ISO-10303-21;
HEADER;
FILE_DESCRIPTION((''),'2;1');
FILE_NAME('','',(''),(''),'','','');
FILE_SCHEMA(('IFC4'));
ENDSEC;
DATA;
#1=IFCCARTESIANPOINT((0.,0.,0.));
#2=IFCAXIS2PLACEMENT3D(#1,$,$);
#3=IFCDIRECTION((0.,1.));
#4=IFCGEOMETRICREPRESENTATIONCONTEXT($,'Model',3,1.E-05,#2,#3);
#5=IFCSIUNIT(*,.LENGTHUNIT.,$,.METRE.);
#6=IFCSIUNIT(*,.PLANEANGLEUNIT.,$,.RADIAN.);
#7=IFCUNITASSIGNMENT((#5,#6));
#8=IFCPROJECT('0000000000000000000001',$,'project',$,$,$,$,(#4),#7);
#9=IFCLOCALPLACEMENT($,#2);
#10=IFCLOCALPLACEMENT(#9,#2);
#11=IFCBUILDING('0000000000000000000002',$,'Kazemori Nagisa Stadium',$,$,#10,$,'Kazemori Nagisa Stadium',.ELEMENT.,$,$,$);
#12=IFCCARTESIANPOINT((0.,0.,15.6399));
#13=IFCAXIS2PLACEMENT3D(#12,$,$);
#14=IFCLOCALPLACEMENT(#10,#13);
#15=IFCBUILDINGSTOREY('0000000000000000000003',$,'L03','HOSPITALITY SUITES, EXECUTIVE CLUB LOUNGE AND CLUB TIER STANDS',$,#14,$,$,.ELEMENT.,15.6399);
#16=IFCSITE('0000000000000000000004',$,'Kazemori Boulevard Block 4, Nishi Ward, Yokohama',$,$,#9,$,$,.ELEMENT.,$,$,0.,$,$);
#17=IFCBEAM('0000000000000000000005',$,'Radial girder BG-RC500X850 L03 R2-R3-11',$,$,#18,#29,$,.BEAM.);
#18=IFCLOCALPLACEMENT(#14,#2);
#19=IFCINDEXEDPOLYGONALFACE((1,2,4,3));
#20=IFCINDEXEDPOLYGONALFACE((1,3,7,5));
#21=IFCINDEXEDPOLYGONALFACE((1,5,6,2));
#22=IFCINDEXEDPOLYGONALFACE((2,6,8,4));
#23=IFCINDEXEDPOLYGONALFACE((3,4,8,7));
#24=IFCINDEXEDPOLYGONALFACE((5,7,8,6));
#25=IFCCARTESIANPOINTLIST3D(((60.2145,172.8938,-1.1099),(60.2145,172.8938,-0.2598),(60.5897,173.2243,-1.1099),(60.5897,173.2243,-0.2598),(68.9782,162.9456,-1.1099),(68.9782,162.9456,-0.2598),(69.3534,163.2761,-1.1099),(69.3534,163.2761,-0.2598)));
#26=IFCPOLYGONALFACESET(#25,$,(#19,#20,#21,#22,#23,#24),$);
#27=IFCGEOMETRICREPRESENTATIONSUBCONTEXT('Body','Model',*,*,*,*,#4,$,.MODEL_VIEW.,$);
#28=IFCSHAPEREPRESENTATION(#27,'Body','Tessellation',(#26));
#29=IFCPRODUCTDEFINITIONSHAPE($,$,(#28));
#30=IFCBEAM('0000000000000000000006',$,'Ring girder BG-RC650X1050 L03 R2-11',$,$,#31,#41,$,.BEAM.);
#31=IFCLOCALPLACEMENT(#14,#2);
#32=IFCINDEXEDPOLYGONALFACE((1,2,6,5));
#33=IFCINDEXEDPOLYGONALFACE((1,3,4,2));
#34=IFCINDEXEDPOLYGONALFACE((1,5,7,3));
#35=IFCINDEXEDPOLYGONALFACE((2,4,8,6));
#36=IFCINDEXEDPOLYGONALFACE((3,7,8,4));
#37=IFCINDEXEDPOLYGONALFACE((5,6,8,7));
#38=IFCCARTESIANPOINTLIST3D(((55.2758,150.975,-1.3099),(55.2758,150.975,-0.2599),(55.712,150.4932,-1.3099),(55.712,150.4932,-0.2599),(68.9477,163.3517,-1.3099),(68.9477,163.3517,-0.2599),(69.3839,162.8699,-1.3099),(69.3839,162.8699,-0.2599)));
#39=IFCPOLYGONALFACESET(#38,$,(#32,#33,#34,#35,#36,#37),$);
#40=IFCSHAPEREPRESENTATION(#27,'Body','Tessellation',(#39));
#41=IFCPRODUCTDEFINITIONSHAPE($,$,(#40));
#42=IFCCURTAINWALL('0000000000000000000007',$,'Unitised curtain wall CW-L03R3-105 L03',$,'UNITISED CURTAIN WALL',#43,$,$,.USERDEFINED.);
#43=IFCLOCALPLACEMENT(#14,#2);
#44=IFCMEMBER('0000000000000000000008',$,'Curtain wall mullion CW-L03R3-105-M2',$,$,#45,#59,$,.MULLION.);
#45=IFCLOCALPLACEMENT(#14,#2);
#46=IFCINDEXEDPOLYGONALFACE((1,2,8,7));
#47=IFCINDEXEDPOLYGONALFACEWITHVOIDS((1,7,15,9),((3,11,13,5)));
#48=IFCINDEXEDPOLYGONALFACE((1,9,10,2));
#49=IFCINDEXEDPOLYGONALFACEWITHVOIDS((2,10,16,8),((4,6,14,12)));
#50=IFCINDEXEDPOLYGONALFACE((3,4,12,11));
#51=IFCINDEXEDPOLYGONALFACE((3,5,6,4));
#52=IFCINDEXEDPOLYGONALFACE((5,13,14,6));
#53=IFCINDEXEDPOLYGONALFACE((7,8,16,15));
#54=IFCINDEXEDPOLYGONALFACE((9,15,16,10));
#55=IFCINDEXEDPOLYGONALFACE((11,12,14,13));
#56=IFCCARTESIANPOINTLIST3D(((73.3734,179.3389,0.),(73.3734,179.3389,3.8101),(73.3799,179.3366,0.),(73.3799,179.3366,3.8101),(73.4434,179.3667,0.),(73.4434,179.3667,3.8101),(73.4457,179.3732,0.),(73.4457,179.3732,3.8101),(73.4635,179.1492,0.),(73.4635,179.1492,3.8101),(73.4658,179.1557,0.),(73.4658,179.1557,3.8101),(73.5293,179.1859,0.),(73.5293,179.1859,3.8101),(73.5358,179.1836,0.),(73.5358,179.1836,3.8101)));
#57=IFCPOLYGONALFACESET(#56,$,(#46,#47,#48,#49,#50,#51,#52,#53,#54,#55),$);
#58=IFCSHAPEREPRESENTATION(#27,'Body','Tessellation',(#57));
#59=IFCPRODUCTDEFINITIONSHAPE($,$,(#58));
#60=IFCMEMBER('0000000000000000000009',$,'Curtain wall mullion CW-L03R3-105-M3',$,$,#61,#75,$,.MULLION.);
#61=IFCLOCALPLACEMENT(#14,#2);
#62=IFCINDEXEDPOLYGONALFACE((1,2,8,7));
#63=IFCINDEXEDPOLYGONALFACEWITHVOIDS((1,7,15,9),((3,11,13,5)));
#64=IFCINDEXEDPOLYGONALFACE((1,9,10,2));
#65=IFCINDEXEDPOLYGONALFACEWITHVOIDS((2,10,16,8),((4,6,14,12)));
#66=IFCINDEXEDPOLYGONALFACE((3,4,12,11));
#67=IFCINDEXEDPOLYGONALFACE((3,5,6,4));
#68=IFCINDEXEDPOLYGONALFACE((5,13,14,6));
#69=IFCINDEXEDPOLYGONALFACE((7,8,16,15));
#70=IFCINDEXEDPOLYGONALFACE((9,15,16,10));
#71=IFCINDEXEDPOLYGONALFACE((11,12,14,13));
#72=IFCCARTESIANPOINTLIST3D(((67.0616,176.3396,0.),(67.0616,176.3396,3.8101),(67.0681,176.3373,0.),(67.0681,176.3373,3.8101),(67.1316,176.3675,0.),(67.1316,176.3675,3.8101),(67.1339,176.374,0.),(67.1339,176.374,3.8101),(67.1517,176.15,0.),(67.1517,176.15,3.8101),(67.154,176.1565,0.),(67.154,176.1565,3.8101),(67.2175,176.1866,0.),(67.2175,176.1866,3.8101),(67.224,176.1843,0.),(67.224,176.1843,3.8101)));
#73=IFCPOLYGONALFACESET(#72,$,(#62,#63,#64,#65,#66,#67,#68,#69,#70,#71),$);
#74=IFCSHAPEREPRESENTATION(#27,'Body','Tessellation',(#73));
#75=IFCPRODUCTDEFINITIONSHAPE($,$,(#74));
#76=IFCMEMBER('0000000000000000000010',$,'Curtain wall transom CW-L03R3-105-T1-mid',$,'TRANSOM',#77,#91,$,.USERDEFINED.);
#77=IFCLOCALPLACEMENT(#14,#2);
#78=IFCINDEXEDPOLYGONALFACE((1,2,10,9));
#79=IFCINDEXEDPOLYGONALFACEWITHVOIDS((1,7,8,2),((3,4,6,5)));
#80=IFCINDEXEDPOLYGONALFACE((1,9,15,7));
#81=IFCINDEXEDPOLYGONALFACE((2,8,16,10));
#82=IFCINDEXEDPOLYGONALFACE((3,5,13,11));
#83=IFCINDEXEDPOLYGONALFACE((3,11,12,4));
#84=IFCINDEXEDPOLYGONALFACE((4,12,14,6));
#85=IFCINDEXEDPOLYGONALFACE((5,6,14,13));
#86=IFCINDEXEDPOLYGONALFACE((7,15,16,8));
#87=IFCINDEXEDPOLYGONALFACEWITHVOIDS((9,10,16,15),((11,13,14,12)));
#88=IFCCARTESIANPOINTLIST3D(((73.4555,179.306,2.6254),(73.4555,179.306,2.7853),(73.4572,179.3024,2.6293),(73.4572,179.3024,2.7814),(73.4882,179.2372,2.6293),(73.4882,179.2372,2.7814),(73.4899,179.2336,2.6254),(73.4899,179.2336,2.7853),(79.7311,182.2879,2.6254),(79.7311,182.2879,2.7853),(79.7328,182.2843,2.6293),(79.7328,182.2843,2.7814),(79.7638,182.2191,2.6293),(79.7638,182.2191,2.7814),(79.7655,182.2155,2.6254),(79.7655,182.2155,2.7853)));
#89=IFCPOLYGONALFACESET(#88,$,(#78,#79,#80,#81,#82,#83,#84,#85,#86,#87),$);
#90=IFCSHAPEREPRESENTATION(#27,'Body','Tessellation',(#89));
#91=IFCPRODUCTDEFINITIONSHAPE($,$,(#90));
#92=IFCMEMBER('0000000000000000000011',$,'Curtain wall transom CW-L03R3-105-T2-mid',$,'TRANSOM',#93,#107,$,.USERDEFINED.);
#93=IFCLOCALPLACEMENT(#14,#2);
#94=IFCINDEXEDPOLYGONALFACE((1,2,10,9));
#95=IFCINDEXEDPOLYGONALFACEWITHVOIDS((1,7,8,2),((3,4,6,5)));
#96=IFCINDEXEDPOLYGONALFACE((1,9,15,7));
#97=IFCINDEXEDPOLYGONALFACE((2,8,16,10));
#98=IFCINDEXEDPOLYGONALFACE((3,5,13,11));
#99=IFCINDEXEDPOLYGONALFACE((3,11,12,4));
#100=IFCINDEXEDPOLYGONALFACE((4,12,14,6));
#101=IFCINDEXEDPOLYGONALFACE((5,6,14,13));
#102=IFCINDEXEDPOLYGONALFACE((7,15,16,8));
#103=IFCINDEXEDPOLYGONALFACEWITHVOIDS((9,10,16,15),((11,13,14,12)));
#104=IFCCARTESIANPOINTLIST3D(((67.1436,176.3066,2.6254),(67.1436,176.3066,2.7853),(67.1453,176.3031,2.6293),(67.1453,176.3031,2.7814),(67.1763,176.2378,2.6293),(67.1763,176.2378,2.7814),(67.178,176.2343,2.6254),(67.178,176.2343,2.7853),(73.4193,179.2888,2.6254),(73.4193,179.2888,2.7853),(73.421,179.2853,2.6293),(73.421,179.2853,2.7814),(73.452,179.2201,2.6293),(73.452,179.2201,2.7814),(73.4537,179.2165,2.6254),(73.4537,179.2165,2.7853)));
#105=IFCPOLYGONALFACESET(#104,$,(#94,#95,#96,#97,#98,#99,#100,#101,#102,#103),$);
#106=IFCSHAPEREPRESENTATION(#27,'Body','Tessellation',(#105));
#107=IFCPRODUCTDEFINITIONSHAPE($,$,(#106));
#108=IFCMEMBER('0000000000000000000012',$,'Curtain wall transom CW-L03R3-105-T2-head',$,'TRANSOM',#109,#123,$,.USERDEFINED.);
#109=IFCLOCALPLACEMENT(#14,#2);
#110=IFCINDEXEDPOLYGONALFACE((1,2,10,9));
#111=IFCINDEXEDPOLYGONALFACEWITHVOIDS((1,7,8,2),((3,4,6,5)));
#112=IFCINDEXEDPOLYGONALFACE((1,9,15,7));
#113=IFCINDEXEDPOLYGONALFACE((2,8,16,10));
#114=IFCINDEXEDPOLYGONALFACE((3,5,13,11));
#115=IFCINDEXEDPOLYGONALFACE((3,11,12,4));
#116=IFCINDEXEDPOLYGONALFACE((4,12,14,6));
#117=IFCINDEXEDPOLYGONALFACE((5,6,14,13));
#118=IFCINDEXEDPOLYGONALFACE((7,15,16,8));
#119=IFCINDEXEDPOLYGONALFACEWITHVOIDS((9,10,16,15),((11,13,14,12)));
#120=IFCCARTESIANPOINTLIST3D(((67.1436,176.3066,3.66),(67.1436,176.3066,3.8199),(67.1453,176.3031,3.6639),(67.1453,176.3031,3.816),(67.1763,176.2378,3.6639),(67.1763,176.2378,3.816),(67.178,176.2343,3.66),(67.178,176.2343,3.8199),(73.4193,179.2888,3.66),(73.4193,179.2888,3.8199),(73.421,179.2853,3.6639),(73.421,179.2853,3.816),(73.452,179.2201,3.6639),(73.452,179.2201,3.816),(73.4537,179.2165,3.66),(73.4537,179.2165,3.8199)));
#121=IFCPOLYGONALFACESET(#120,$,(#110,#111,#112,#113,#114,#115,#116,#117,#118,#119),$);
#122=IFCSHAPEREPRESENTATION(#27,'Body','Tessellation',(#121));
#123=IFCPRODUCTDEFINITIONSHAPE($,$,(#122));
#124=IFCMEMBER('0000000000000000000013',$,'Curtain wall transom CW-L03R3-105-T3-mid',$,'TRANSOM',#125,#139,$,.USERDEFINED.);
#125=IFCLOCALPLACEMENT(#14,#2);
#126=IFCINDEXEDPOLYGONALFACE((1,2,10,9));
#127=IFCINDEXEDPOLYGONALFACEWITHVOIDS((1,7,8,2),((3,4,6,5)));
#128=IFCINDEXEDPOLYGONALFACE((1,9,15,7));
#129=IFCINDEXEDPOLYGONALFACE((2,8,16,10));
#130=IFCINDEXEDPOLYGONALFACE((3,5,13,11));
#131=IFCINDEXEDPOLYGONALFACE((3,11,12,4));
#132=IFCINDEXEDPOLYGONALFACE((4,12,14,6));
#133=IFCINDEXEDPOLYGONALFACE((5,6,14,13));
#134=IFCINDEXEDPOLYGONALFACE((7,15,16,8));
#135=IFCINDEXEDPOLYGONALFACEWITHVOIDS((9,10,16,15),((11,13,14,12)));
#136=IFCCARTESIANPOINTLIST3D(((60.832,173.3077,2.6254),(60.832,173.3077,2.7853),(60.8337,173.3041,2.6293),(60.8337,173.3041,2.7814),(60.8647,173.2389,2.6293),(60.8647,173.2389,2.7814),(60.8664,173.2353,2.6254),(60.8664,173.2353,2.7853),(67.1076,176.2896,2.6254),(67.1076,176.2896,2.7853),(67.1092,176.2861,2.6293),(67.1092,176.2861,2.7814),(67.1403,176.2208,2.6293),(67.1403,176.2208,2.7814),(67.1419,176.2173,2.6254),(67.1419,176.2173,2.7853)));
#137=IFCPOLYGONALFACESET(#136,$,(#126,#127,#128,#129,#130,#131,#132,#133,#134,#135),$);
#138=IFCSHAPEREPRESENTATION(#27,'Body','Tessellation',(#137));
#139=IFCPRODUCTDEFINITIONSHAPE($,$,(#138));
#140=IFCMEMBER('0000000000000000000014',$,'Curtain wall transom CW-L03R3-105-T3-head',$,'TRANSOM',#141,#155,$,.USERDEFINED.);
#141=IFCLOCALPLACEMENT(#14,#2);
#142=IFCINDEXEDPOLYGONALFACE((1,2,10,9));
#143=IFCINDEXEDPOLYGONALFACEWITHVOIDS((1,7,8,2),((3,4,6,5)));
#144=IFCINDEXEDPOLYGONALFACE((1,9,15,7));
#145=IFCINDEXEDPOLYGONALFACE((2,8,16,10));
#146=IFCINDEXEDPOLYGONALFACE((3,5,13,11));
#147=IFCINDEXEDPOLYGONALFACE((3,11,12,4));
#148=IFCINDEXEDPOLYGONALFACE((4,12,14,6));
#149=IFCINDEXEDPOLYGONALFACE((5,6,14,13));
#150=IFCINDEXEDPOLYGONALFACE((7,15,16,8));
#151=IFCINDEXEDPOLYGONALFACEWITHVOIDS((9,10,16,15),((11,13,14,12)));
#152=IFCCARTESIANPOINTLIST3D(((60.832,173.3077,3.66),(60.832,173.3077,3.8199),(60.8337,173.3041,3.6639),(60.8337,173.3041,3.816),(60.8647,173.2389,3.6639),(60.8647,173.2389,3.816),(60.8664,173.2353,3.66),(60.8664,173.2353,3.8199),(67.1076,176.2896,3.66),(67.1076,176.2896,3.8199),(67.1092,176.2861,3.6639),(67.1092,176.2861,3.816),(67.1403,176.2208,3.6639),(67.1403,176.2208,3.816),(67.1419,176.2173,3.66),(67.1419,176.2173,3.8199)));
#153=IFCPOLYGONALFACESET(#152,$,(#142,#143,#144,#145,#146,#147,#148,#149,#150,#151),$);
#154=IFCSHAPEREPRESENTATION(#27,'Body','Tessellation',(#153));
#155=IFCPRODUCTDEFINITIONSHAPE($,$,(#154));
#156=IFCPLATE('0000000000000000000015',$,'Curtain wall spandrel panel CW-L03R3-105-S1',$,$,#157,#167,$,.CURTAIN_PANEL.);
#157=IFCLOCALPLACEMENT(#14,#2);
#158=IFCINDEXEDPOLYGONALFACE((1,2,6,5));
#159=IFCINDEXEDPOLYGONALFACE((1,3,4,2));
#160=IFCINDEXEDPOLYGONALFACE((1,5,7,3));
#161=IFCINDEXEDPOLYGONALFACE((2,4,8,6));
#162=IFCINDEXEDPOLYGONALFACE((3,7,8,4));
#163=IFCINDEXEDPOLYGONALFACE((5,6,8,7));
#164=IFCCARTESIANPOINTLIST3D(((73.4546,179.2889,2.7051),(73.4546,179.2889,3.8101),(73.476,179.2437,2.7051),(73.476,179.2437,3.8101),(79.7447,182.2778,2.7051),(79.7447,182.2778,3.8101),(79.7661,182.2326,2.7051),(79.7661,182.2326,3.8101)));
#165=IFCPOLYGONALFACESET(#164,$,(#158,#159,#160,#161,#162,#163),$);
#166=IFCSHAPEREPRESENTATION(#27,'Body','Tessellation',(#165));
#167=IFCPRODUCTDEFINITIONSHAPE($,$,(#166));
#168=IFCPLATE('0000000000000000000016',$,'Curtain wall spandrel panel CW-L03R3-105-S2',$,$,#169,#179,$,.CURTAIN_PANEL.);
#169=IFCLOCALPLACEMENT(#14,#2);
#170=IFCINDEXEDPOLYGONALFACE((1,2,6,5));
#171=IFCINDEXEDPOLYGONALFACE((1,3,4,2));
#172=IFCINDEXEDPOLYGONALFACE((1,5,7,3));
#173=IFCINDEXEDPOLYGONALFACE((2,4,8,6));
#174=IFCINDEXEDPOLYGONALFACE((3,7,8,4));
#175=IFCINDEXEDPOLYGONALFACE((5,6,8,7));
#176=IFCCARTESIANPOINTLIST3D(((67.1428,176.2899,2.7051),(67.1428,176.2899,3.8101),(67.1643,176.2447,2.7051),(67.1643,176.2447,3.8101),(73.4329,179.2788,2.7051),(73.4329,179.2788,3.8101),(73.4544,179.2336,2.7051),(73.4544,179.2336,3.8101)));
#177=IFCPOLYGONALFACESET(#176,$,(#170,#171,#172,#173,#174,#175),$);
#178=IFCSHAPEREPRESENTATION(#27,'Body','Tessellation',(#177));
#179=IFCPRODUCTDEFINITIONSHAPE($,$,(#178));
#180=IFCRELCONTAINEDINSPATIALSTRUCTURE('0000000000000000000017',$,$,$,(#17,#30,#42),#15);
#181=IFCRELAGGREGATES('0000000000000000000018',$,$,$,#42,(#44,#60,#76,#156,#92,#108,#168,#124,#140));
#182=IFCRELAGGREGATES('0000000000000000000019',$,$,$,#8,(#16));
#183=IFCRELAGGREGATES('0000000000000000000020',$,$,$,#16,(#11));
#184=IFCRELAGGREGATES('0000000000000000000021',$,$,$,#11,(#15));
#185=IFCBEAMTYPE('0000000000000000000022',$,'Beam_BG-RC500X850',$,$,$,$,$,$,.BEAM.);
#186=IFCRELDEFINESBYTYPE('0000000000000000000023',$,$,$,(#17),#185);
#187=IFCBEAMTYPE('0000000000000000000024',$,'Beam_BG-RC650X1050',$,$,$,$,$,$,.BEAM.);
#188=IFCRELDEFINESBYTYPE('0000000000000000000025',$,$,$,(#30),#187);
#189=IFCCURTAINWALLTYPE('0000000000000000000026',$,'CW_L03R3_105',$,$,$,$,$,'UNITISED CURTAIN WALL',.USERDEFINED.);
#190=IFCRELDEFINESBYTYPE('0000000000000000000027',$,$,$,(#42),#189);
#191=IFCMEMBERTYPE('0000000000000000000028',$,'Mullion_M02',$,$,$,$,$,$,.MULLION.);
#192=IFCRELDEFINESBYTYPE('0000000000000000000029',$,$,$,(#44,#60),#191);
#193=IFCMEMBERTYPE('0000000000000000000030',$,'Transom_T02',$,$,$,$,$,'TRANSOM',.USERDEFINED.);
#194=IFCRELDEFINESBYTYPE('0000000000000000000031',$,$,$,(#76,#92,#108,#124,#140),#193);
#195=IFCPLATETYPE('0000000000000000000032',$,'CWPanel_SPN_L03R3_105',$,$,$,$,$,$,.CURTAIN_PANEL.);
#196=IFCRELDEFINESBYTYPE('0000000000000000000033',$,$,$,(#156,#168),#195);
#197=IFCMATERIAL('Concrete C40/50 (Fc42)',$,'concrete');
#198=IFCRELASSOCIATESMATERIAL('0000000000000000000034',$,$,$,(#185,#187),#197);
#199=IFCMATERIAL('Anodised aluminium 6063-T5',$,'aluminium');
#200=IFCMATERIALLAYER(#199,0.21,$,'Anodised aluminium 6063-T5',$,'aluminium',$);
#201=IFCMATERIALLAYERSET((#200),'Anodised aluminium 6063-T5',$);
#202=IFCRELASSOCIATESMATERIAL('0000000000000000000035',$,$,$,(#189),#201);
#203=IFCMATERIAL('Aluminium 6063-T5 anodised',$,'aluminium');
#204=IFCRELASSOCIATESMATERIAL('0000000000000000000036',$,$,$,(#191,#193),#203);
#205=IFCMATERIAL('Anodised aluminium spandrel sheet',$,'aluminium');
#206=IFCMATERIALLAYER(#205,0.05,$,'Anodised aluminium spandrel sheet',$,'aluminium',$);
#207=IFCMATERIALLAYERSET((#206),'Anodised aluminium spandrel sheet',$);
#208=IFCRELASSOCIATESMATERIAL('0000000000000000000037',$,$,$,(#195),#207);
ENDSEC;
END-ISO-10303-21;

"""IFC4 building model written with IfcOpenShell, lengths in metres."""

from ifc_helpers import new_model, si_unit, direction, frame, origin, origin_2d, place, context, subcontext, project, spatial, rectangle, hollow_rectangle, extrude, material, layer, layer_set, material_profile, profile_set, type_object, element, aggregate, save


model = new_model("IFC4")

# Units and contexts
model_context = context("Model", 3, precision=1e-05, world=origin(), true_north=direction((0.0, 1.0)))
body_context = subcontext(model_context, "Body", "Model", "MODEL_VIEW")
ifc_project = project(units=[si_unit("LENGTHUNIT", "METRE"), si_unit("PLANEANGLEUNIT", "RADIAN")], contexts=[model_context])

# Site, building, storey
site_placement = place(None, origin())
site = spatial("IfcSite", under=ifc_project, at=site_placement, Name="Kazemori Boulevard Block 4, Nishi Ward, Yokohama", CompositionType="ELEMENT", RefElevation=0.0)
building_placement = place(site_placement, origin())
building = spatial("IfcBuilding", under=site, at=building_placement, Name="Kazemori Nagisa Stadium", LongName="Kazemori Nagisa Stadium", CompositionType="ELEMENT")
storey_placement = place(building_placement, frame((0.0, 0.0, 15.6399)))
storey = spatial("IfcBuildingStorey", under=building, at=storey_placement, Name="L03", Description="HOSPITALITY SUITES, EXECUTIVE CLUB LOUNGE AND CLUB TIER STANDS", CompositionType="ELEMENT", Elevation=15.6399)

# Beams
ifc_material_1 = material(Name="Concrete C40/50 (Fc42)", Category="concrete")
ifc_material_profile_1 = material_profile(ifc_material_1, rectangle(XDim=0.5, YDim=0.8501, at=origin_2d()), Name="RC-BM-500x850")
ifc_profile_set_1 = profile_set([ifc_material_profile_1], Name="Concrete C40/50 (Fc42)")
beam_type_1 = type_object("IfcBeamType", Name="Beam_BG-RC500X850", PredefinedType="BEAM", material=ifc_profile_set_1)
beam_1_placement = place(storey_placement, frame((69.1658, 163.1108, -0.6848), z_axis=(-0.66102, 0.750369, 0.0), x_axis=(-0.750369, -0.66102, 0.0)))
element("IfcBeam", 1, at=beam_1_placement, inside=storey, type_object=beam_type_1, Name="Radial girder BG-RC500X850 L03 R2-R3-11", PredefinedType="BEAM", context=body_context, shape_type="SweptSolid", body=[
    extrude(rectangle(XDim=0.5, YDim=0.8501, at=origin_2d()), origin(), (0.0, 0.0, 1.0), 13.2578),
])
ifc_material_profile_2 = material_profile(ifc_material_1, rectangle(XDim=0.6499, YDim=1.05, at=origin_2d()), Name="RC-BM-650x1050")
ifc_profile_set_2 = profile_set([ifc_material_profile_2], Name="Concrete C40/50 (Fc42)")
beam_type_2 = type_object("IfcBeamType", Name="Beam_BG-RC650X1050", PredefinedType="BEAM", material=ifc_profile_set_2)
beam_2_placement = place(storey_placement, frame((69.1658, 163.1108, -0.7849), z_axis=(-0.741349, -0.67112, 0.0), x_axis=(0.67112, -0.741349, 0.0)))
element("IfcBeam", 2, at=beam_2_placement, inside=storey, type_object=beam_type_2, Name="Ring girder BG-RC650X1050 L03 R2-11", PredefinedType="BEAM", context=body_context, shape_type="SweptSolid", body=[
    extrude(rectangle(XDim=0.6499, YDim=1.05, at=origin_2d()), origin(), (0.0, 0.0, 1.0), 18.4419),
])

# Curtain wall, members, plates
ifc_material_2 = material(Name="Anodised aluminium 6063-T5", Category="aluminium")
ifc_layer_1 = layer(ifc_material_2, 0.21, Name="Anodised aluminium 6063-T5", Category="aluminium")
ifc_layer_set_1 = layer_set([ifc_layer_1], Name="Anodised aluminium 6063-T5")
curtain_wall_type = type_object("IfcCurtainWallType", Name="CW_L03R3_105", ElementType="UNITISED CURTAIN WALL", PredefinedType="USERDEFINED", material=ifc_layer_set_1)
curtain_wall_placement = place(storey_placement, origin())
curtain_wall = element("IfcCurtainWall", 3, at=curtain_wall_placement, inside=storey, type_object=curtain_wall_type, Name="Unitised curtain wall CW-L03R3-105 L03", ObjectType="UNITISED CURTAIN WALL", PredefinedType="USERDEFINED")
ifc_material_3 = material(Name="Aluminium 6063-T5 anodised", Category="aluminium")
ifc_material_profile_3 = material_profile(ifc_material_3, hollow_rectangle(XDim=0.0801, YDim=0.21, WallThickness=0.0049, at=origin_2d()), Name="ALU-MULL-80x210x5")
ifc_profile_set_3 = profile_set([ifc_material_profile_3], Name="Aluminium 6063-T5 anodised")
member_type_1 = type_object("IfcMemberType", Name="Mullion_M02", PredefinedType="MULLION", material=ifc_profile_set_3)
member_1_placement = place(storey_placement, frame((73.4546, 179.2612, 0.0), z_axis=(0.0, 0.0, 1.0), x_axis=(-0.903216, -0.429186, 0.0)))
member_1 = element("IfcMember", 4, at=member_1_placement, type_object=member_type_1, Name="Curtain wall mullion CW-L03R3-105-M2", PredefinedType="MULLION", context=body_context, shape_type="SweptSolid", body=[
    extrude(hollow_rectangle(XDim=0.0801, YDim=0.21, WallThickness=0.0049, at=origin_2d()), origin(), (0.0, 0.0, 1.0), 3.8101),
])
member_2_placement = place(storey_placement, frame((67.1428, 176.262, 0.0), z_axis=(0.0, 0.0, 1.0), x_axis=(-0.903216, -0.429186, 0.0)))
member_2 = element("IfcMember", 5, at=member_2_placement, type_object=member_type_1, Name="Curtain wall mullion CW-L03R3-105-M3", PredefinedType="MULLION", context=body_context, shape_type="SweptSolid", body=[
    extrude(hollow_rectangle(XDim=0.0801, YDim=0.21, WallThickness=0.0049, at=origin_2d()), origin(), (0.0, 0.0, 1.0), 3.8101),
])
ifc_material_profile_4 = material_profile(ifc_material_3, hollow_rectangle(XDim=0.0801, YDim=0.1599, WallThickness=0.0039, at=origin_2d()), Name="ALU-TRAN-80x160x4")
ifc_profile_set_4 = profile_set([ifc_material_profile_4], Name="Aluminium 6063-T5 anodised")
member_type_2 = type_object("IfcMemberType", Name="Transom_T02", ElementType="TRANSOM", PredefinedType="USERDEFINED", material=ifc_profile_set_4)
member_3_placement = place(storey_placement, frame((79.7483, 182.2517, 2.7053), z_axis=(-0.903221, -0.429175, 0.0), x_axis=(0.429175, -0.903221, 0.0)))
member_3 = element("IfcMember", 6, at=member_3_placement, type_object=member_type_2, Name="Curtain wall transom CW-L03R3-105-T1-mid", ObjectType="TRANSOM", PredefinedType="USERDEFINED", context=body_context, shape_type="SweptSolid", body=[
    extrude(hollow_rectangle(XDim=0.0801, YDim=0.1599, WallThickness=0.0039, at=origin_2d()), origin(), (0.0, 0.0, 1.0), 6.948),
])
member_4_placement = place(storey_placement, frame((73.4365, 179.2527, 2.7053), z_axis=(-0.903208, -0.429204, 0.0), x_axis=(0.429204, -0.903208, 0.0)))
member_4 = element("IfcMember", 7, at=member_4_placement, type_object=member_type_2, Name="Curtain wall transom CW-L03R3-105-T2-mid", ObjectType="TRANSOM", PredefinedType="USERDEFINED", context=body_context, shape_type="SweptSolid", body=[
    extrude(hollow_rectangle(XDim=0.0801, YDim=0.1599, WallThickness=0.0039, at=origin_2d()), origin(), (0.0, 0.0, 1.0), 6.9482),
])
member_5_placement = place(storey_placement, frame((73.4365, 179.2527, 3.74), z_axis=(-0.903208, -0.429204, 0.0), x_axis=(0.429204, -0.903208, 0.0)))
member_5 = element("IfcMember", 8, at=member_5_placement, type_object=member_type_2, Name="Curtain wall transom CW-L03R3-105-T2-head", ObjectType="TRANSOM", PredefinedType="USERDEFINED", context=body_context, shape_type="SweptSolid", body=[
    extrude(hollow_rectangle(XDim=0.0801, YDim=0.1599, WallThickness=0.0039, at=origin_2d()), origin(), (0.0, 0.0, 1.0), 6.9482),
])
member_6_placement = place(storey_placement, frame((67.1248, 176.2534, 2.7053), z_axis=(-0.903221, -0.429175, 0.0), x_axis=(0.429175, -0.903221, 0.0)))
member_6 = element("IfcMember", 9, at=member_6_placement, type_object=member_type_2, Name="Curtain wall transom CW-L03R3-105-T3-mid", ObjectType="TRANSOM", PredefinedType="USERDEFINED", context=body_context, shape_type="SweptSolid", body=[
    extrude(hollow_rectangle(XDim=0.0801, YDim=0.1599, WallThickness=0.0039, at=origin_2d()), origin(), (0.0, 0.0, 1.0), 6.948),
])
member_7_placement = place(storey_placement, frame((67.1248, 176.2534, 3.74), z_axis=(-0.903221, -0.429175, 0.0), x_axis=(0.429175, -0.903221, 0.0)))
member_7 = element("IfcMember", 10, at=member_7_placement, type_object=member_type_2, Name="Curtain wall transom CW-L03R3-105-T3-head", ObjectType="TRANSOM", PredefinedType="USERDEFINED", context=body_context, shape_type="SweptSolid", body=[
    extrude(hollow_rectangle(XDim=0.0801, YDim=0.1599, WallThickness=0.0039, at=origin_2d()), origin(), (0.0, 0.0, 1.0), 6.948),
])
ifc_material_4 = material(Name="Anodised aluminium spandrel sheet", Category="aluminium")
ifc_layer_2 = layer(ifc_material_4, 0.05, Name="Anodised aluminium spandrel sheet", Category="aluminium")
ifc_layer_set_2 = layer_set([ifc_layer_2], Name="Anodised aluminium spandrel sheet")
plate_type_1 = type_object("IfcPlateType", Name="CWPanel_SPN_L03R3_105", PredefinedType="CURTAIN_PANEL", material=ifc_layer_set_2)
plate_1_placement = place(storey_placement, frame((76.6104, 180.7607, 2.7051), z_axis=(0.0, 0.0, 1.0), x_axis=(-0.903216, -0.429186, 0.0)))
plate_1 = element("IfcPlate", 11, at=plate_1_placement, type_object=plate_type_1, Name="Curtain wall spandrel panel CW-L03R3-105-S1", PredefinedType="CURTAIN_PANEL", context=body_context, shape_type="SweptSolid", body=[
    extrude(rectangle(XDim=6.9641, YDim=0.05, at=origin_2d()), origin(), (0.0, 0.0, 1.0), 1.105),
])
plate_2_placement = place(storey_placement, frame((70.2986, 177.7617, 2.7051), z_axis=(0.0, 0.0, 1.0), x_axis=(-0.903216, -0.429186, 0.0)))
plate_2 = element("IfcPlate", 12, at=plate_2_placement, type_object=plate_type_1, Name="Curtain wall spandrel panel CW-L03R3-105-S2", PredefinedType="CURTAIN_PANEL", context=body_context, shape_type="SweptSolid", body=[
    extrude(rectangle(XDim=6.9641, YDim=0.05, at=origin_2d()), origin(), (0.0, 0.0, 1.0), 1.105),
])
aggregate(curtain_wall, [member_1, member_2, member_3, plate_1, member_4, member_5, plate_2, member_6, member_7])

save(model, "model.ifc")
